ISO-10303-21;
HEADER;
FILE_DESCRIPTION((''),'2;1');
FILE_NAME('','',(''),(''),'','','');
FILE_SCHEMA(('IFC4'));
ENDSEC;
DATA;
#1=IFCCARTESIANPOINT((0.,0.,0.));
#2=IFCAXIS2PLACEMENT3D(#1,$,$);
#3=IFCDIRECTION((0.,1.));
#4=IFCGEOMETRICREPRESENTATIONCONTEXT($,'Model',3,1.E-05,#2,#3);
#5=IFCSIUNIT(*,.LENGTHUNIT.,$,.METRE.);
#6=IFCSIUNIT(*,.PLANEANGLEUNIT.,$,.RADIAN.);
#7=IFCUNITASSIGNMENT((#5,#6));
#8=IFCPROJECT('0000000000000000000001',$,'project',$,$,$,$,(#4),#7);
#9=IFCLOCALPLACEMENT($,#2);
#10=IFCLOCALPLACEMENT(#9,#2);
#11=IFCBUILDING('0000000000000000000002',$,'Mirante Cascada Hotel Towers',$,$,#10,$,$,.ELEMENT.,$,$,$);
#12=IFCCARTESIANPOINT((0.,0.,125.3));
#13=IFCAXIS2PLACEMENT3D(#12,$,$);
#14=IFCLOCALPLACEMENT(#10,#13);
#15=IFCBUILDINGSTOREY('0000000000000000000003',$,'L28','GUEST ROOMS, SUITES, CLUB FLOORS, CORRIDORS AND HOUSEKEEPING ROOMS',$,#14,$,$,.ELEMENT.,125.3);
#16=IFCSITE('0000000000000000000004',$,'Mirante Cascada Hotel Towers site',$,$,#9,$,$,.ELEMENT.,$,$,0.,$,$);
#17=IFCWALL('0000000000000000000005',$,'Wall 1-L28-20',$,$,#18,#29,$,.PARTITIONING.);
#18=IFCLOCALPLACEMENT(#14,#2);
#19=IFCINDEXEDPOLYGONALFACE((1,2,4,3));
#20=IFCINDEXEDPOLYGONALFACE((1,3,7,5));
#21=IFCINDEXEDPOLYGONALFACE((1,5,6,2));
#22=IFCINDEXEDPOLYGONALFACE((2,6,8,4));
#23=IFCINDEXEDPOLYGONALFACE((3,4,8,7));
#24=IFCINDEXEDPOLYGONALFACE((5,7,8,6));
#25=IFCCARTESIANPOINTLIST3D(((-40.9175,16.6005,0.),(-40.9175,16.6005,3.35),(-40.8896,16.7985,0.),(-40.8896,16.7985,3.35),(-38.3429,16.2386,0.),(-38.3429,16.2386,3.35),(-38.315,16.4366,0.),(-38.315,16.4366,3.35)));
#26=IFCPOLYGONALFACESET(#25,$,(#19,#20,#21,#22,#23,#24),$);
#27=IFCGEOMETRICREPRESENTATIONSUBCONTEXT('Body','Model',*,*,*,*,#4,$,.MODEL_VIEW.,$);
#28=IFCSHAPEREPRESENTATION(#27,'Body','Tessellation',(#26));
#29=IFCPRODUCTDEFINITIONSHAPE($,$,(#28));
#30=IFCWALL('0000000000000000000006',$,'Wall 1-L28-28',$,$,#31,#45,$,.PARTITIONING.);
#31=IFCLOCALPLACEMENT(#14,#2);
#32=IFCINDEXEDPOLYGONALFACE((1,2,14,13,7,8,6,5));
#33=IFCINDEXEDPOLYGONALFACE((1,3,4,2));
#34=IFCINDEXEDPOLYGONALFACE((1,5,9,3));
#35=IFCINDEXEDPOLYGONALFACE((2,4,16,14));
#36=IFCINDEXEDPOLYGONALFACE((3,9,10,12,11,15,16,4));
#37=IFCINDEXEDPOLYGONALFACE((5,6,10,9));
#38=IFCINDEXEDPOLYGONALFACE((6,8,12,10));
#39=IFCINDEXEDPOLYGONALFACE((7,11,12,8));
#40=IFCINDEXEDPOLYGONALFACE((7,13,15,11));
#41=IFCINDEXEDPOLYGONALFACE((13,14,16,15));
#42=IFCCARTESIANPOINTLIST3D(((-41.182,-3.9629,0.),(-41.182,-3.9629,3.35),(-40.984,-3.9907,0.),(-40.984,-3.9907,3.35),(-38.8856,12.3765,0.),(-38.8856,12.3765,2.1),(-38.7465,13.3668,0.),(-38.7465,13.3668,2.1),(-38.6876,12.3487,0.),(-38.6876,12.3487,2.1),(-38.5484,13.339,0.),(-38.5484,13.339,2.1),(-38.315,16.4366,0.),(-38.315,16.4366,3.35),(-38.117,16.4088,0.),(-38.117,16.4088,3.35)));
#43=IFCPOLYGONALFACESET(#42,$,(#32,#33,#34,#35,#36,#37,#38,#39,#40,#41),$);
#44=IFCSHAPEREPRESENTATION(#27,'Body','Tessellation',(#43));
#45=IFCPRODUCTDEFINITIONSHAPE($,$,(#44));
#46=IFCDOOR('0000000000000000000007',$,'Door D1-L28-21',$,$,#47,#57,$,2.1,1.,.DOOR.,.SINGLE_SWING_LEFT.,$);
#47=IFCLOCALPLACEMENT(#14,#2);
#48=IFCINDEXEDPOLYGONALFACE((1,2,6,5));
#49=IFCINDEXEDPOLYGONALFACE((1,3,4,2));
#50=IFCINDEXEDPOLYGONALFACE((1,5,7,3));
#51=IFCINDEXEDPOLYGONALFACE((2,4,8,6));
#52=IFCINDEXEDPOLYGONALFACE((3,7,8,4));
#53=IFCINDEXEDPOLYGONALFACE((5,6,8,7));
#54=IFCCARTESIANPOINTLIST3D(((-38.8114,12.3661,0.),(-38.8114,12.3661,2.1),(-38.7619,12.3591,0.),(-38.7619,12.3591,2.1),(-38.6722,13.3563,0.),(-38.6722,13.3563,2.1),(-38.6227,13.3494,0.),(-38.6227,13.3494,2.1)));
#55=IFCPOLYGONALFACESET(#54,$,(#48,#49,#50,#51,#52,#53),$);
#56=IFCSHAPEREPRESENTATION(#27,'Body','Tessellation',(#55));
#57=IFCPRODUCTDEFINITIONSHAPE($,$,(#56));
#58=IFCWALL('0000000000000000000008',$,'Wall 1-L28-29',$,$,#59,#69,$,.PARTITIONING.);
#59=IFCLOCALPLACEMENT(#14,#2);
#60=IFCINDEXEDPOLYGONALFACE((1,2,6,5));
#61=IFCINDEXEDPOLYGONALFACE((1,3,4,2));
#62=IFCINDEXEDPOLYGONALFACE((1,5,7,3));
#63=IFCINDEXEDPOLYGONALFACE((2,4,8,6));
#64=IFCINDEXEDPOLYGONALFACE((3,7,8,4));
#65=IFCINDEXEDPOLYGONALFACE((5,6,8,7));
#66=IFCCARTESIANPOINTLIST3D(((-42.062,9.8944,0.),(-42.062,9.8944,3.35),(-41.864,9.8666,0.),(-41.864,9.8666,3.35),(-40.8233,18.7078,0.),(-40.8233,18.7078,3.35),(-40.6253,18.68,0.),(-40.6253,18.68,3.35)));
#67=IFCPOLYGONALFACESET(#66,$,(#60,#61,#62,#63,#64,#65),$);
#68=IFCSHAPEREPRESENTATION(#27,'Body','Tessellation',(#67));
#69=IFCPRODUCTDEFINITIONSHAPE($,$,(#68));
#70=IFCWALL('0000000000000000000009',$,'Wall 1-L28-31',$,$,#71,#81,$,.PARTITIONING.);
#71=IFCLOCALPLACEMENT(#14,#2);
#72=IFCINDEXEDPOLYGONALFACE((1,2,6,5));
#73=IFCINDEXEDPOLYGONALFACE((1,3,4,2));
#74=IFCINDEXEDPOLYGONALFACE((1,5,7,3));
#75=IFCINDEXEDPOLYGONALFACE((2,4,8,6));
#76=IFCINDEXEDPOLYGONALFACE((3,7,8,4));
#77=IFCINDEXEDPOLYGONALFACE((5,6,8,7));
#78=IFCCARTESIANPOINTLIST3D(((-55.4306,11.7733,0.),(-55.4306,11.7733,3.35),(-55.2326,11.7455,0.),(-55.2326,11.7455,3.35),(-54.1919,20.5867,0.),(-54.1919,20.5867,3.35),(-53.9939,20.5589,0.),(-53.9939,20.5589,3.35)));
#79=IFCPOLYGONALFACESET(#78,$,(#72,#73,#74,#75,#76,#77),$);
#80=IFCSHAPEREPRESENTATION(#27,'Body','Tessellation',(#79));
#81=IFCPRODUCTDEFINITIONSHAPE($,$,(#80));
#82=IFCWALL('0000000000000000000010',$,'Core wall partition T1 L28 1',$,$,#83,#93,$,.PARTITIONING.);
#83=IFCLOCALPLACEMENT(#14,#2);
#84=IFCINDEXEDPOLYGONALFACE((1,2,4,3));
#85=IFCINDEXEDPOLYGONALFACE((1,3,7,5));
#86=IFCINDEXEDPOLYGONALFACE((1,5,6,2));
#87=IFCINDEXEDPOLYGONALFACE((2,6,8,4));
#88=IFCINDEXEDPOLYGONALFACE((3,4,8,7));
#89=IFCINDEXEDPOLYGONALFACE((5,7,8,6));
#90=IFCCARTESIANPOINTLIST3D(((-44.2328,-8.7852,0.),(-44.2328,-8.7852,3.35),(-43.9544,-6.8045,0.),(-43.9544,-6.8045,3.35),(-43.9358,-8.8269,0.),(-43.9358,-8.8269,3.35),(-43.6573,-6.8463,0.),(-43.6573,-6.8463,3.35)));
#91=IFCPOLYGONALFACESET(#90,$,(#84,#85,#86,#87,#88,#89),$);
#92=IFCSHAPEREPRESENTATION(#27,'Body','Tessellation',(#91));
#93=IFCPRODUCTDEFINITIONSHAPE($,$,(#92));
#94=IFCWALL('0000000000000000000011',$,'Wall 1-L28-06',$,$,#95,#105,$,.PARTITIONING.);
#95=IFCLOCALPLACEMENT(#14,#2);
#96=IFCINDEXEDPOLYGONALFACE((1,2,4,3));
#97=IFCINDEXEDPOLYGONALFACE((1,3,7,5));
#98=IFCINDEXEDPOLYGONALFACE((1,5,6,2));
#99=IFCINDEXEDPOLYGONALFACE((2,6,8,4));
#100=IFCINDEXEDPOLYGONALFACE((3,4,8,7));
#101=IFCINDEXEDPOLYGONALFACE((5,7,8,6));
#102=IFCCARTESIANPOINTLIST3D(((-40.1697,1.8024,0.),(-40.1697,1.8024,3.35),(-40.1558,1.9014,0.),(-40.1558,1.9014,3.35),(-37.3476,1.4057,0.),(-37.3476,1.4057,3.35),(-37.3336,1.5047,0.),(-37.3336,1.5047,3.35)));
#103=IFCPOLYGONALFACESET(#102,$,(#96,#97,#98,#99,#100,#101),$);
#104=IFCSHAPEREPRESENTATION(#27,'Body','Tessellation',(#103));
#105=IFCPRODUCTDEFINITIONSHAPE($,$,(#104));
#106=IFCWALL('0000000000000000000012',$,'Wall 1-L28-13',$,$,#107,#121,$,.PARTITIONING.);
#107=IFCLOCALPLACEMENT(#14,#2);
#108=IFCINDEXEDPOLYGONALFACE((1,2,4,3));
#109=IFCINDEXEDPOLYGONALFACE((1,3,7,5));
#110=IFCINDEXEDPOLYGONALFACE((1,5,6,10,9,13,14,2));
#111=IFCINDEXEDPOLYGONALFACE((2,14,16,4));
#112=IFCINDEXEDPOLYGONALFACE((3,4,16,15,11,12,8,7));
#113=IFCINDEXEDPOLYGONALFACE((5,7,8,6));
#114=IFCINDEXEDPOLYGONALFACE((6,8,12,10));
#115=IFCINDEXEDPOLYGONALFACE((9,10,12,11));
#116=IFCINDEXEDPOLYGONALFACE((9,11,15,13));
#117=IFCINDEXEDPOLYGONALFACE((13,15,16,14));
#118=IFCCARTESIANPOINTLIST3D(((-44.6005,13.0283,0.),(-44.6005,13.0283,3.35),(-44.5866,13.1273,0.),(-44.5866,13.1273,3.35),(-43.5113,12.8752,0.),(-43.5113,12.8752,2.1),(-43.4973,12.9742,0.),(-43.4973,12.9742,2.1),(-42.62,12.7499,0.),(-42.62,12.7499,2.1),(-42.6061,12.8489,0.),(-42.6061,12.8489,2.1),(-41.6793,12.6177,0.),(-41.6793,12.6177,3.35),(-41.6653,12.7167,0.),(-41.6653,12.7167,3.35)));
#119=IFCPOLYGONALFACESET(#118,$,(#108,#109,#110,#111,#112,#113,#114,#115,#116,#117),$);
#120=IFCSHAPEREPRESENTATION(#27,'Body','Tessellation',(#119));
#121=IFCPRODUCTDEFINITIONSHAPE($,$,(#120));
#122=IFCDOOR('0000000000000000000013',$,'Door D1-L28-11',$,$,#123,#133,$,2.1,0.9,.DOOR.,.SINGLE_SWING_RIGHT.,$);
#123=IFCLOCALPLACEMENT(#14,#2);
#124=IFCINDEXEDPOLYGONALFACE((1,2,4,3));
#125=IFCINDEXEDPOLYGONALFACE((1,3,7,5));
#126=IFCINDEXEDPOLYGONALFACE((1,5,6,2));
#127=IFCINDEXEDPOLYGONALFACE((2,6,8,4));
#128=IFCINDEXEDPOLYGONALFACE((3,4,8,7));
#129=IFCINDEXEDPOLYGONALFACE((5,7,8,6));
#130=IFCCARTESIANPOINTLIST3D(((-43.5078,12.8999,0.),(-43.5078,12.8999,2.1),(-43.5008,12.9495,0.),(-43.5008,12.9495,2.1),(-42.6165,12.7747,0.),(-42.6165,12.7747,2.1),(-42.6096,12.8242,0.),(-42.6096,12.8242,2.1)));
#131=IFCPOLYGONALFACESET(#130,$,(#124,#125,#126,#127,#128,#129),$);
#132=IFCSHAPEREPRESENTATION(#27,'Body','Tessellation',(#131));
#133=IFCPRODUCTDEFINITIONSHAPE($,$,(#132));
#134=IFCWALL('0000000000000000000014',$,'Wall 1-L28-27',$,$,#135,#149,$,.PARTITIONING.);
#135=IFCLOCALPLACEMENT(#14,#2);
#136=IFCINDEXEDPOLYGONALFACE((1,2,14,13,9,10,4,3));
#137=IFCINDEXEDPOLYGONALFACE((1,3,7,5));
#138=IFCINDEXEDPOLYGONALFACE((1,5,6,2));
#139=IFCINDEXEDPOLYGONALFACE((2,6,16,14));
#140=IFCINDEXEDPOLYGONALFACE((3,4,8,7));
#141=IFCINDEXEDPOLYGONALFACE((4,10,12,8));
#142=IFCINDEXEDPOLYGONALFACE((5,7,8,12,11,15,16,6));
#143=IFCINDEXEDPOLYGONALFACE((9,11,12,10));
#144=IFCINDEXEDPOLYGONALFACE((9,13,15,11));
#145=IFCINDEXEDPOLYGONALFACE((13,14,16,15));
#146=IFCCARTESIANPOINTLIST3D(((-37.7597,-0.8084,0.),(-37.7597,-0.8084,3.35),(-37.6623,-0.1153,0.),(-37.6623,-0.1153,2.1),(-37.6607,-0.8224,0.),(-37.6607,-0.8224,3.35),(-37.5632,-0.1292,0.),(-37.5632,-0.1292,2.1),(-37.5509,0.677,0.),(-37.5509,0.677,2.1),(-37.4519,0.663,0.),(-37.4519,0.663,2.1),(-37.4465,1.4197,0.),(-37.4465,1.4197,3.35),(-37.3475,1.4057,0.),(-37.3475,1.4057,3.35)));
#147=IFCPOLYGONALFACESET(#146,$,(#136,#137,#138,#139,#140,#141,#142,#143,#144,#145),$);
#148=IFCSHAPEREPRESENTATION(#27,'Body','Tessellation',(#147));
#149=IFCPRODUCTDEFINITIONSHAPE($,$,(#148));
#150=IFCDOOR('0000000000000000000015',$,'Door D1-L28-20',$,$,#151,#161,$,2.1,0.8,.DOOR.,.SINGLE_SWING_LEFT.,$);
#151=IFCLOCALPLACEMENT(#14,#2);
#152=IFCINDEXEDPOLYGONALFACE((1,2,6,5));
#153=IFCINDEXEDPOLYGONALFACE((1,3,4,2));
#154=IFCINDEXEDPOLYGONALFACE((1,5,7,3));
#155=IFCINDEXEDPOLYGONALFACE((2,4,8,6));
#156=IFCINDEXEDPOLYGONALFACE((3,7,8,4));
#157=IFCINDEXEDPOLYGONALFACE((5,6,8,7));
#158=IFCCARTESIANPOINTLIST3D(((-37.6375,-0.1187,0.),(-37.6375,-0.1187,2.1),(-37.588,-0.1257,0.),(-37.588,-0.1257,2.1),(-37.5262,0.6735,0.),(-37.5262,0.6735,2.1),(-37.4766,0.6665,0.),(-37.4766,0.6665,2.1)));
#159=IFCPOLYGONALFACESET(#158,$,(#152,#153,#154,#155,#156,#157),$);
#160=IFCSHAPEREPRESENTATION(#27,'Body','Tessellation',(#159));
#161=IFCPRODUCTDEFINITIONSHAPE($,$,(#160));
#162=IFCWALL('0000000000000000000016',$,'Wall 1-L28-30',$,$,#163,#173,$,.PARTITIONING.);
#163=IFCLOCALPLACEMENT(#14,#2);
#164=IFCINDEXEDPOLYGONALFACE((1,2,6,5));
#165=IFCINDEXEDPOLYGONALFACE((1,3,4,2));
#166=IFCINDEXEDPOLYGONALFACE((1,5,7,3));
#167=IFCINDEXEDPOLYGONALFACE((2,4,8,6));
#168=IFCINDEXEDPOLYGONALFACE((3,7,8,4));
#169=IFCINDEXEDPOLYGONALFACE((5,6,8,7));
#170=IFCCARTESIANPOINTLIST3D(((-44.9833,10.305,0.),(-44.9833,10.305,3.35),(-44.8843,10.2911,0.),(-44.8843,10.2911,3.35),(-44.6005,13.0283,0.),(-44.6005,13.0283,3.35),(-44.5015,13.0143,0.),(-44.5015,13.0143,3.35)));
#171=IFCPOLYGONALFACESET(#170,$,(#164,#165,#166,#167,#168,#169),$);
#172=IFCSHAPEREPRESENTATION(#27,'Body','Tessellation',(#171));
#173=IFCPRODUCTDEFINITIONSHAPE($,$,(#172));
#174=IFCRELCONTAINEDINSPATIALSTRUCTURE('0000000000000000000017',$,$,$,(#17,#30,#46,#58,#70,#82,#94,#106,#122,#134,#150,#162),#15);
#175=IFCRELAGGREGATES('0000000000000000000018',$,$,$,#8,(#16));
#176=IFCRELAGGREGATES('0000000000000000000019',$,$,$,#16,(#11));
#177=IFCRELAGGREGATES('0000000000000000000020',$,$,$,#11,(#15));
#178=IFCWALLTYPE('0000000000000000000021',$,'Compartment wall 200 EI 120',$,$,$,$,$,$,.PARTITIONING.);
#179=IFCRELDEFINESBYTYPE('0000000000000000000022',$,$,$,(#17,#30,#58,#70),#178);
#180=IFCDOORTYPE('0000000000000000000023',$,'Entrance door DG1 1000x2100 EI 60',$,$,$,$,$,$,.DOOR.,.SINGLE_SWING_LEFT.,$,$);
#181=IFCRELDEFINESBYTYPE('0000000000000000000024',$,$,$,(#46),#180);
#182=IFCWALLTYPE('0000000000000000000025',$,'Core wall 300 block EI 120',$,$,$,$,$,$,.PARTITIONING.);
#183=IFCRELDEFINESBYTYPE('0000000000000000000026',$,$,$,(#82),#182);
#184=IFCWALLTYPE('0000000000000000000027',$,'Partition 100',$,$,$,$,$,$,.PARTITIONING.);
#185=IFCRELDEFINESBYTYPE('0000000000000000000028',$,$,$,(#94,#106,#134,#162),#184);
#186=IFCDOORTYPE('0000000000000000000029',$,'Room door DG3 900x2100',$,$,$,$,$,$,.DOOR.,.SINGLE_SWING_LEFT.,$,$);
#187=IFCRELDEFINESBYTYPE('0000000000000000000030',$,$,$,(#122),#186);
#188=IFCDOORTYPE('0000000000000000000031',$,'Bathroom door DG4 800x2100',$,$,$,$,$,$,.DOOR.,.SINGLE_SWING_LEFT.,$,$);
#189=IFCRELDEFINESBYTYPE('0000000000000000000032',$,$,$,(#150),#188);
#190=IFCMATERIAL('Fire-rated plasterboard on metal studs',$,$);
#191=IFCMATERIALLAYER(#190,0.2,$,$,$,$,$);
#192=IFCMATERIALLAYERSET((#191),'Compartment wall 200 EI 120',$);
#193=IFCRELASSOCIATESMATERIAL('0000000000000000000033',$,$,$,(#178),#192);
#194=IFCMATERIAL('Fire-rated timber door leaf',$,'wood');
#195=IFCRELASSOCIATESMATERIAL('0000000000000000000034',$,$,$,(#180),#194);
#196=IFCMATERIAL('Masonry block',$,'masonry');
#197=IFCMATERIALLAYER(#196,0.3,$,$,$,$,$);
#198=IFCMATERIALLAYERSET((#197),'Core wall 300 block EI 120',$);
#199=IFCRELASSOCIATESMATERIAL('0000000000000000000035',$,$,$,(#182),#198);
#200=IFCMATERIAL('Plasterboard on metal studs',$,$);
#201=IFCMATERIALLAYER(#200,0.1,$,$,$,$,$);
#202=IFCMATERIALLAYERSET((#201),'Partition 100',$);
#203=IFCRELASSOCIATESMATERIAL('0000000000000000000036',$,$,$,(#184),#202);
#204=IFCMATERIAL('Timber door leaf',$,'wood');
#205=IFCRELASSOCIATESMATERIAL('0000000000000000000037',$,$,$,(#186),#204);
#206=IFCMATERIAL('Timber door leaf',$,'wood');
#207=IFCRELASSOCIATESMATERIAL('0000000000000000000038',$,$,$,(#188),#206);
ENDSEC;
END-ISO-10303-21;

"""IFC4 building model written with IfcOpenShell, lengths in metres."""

from ifc_helpers import new_model, si_unit, direction, frame, frame_2d, origin, place, context, subcontext, project, spatial, rectangle, extrude, material, layer, layer_set, type_object, element, fill, save


model = new_model("IFC4")

# Units and contexts
model_context = context("Model", 3, precision=1e-05, world=origin(), true_north=direction((0.0, 1.0)))
body_context = subcontext(model_context, "Body", "Model", "MODEL_VIEW")
ifc_project = project(units=[si_unit("LENGTHUNIT", "METRE"), si_unit("PLANEANGLEUNIT", "RADIAN")], contexts=[model_context])

# Site, building, storey
site_placement = place(None, origin())
site = spatial("IfcSite", under=ifc_project, at=site_placement, Name="Mirante Cascada Hotel Towers site", CompositionType="ELEMENT", RefElevation=0.0)
building_placement = place(site_placement, origin())
building = spatial("IfcBuilding", under=site, at=building_placement, Name="Mirante Cascada Hotel Towers", CompositionType="ELEMENT")
storey_placement = place(building_placement, frame((0.0, 0.0, 125.3)))
storey = spatial("IfcBuildingStorey", under=building, at=storey_placement, Name="L28", Description="GUEST ROOMS, SUITES, CLUB FLOORS, CORRIDORS AND HOUSEKEEPING ROOMS", CompositionType="ELEMENT", Elevation=125.3)

# Wall
ifc_material_1 = material(Name="Fire-rated plasterboard on metal studs")
ifc_layer_1 = layer(ifc_material_1, 0.2)
ifc_layer_set_1 = layer_set([ifc_layer_1], Name="Compartment wall 200 EI 120")
wall_type_1 = type_object("IfcWallType", Name="Compartment wall 200 EI 120", PredefinedType="PARTITIONING", material=ifc_layer_set_1)
wall_1_placement = place(storey_placement, frame((-40.9036, 16.6995, 0.0), z_axis=(0.0, 0.0, 1.0), x_axis=(0.990265, -0.139197, 0.0)))
element("IfcWall", 1, at=wall_1_placement, inside=storey, type_object=wall_type_1, Name="Wall 1-L28-20", PredefinedType="PARTITIONING", context=body_context, shape_type="SweptSolid", body=[
    extrude(rectangle(XDim=2.5999, YDim=0.2, at=frame_2d((1.3, 0.0))), origin(), (0.0, 0.0, 1.0), 3.35),
])

# Wall, opening, door
wall_2_placement = place(storey_placement, frame((-38.216, 16.4227, 0.0), z_axis=(0.0, 0.0, 1.0), x_axis=(-0.139175, -0.990268, 0.0)))
wall_2 = element("IfcWall", 2, at=wall_2_placement, inside=storey, type_object=wall_type_1, Name="Wall 1-L28-28", PredefinedType="PARTITIONING", context=body_context, shape_type="SweptSolid", body=[
    extrude(rectangle(XDim=20.6, YDim=0.2, at=frame_2d((10.3, 0.0))), origin(), (0.0, 0.0, 1.0), 3.35),
])
opening_1_placement = place(wall_2_placement, frame((3.1, 0.0, 0.0)))
opening_1 = element("IfcOpeningElement", 3, at=opening_1_placement, cuts=wall_2, PredefinedType="OPENING", context=body_context, shape_type="SweptSolid", body=[
    extrude(rectangle(XDim=1.0, YDim=2.1, at=frame_2d((0.5, 1.05))), frame((0.0, 0.1, 0.0), z_axis=(0.0, -1.0, 0.0), x_axis=(1.0, 0.0, 0.0)), (0.0, 0.0, 1.0), 0.2),
])
ifc_material_2 = material(Name="Fire-rated timber door leaf", Category="wood")
door_type_1 = type_object("IfcDoorType", Name="Entrance door DG1 1000x2100 EI 60", OperationType="SINGLE_SWING_LEFT", PredefinedType="DOOR", material=ifc_material_2)
door_1_placement = place(opening_1_placement, origin())
door_1 = element("IfcDoor", 4, at=door_1_placement, inside=storey, type_object=door_type_1, Name="Door D1-L28-21", OperationType="SINGLE_SWING_LEFT", OverallHeight=2.1, OverallWidth=1.0, PredefinedType="DOOR", context=body_context, shape_type="SweptSolid", body=[
    extrude(rectangle(XDim=1.0, YDim=2.1, at=frame_2d((0.5, 1.05))), frame((0.0, 0.025, 0.0), z_axis=(0.0, -1.0, 0.0), x_axis=(1.0, 0.0, 0.0)), (0.0, 0.0, 1.0), 0.05),
])
fill(opening_1, door_1)

# Walls
for number, where, z_axis, x_axis, name in (
    (5, (-41.963, 9.8805, 0.0), (0.0, 0.0, 1.0), (0.139179, 0.990267, 0.0), "Wall 1-L28-29"),
    (6, (-55.3316, 11.7594, 0.0), (0.0, 0.0, 1.0), (0.139179, 0.990267, 0.0), "Wall 1-L28-31"),
):
    element("IfcWall", number, at=place(storey_placement, frame(where, z_axis=z_axis, x_axis=x_axis)), inside=storey, type_object=wall_type_1, Name=name, PredefinedType="PARTITIONING", context=body_context, shape_type="SweptSolid", body=[
        extrude(rectangle(XDim=8.9, YDim=0.2, at=frame_2d((4.45, 0.0))), origin(), (0.0, 0.0, 1.0), 3.35),
    ])
ifc_material_3 = material(Name="Masonry block", Category="masonry")
ifc_layer_2 = layer(ifc_material_3, 0.3)
ifc_layer_set_2 = layer_set([ifc_layer_2], Name="Core wall 300 block EI 120")
wall_type_2 = type_object("IfcWallType", Name="Core wall 300 block EI 120", PredefinedType="PARTITIONING", material=ifc_layer_set_2)
wall_3_placement = place(storey_placement, frame((-44.0843, -8.8061, 0.0), z_axis=(0.0, 0.0, 1.0), x_axis=(0.139195, 0.990265, 0.0)))
element("IfcWall", 7, at=wall_3_placement, inside=storey, type_object=wall_type_2, Name="Core wall partition T1 L28 1", PredefinedType="PARTITIONING", context=body_context, shape_type="SweptSolid", body=[
    extrude(rectangle(XDim=2.0001, YDim=0.3, at=frame_2d((1.0001, 0.0))), origin(), (0.0, 0.0, 1.0), 3.35),
])
ifc_material_4 = material(Name="Plasterboard on metal studs")
ifc_layer_3 = layer(ifc_material_4, 0.1)
ifc_layer_set_3 = layer_set([ifc_layer_3], Name="Partition 100")
wall_type_3 = type_object("IfcWallType", Name="Partition 100", PredefinedType="PARTITIONING", material=ifc_layer_set_3)
wall_4_placement = place(storey_placement, frame((-40.1628, 1.8519, 0.0), z_axis=(0.0, 0.0, 1.0), x_axis=(0.990265, -0.139196, 0.0)))
element("IfcWall", 8, at=wall_4_placement, inside=storey, type_object=wall_type_3, Name="Wall 1-L28-06", PredefinedType="PARTITIONING", context=body_context, shape_type="SweptSolid", body=[
    extrude(rectangle(XDim=2.8499, YDim=0.1, at=frame_2d((1.425, 0.0))), origin(), (0.0, 0.0, 1.0), 3.35),
])

# Walls, openings, doors
wall_5_placement = place(storey_placement, frame((-41.6723, 12.6672, 0.0), z_axis=(0.0, 0.0, 1.0), x_axis=(-0.990266, 0.139186, 0.0)))
wall_5 = element("IfcWall", 9, at=wall_5_placement, inside=storey, type_object=wall_type_3, Name="Wall 1-L28-13", PredefinedType="PARTITIONING", context=body_context, shape_type="SweptSolid", body=[
    extrude(rectangle(XDim=2.95, YDim=0.1, at=frame_2d((1.475, 0.0))), origin(), (0.0, 0.0, 1.0), 3.35),
])
opening_2_placement = place(wall_5_placement, frame((0.95, 0.0, 0.0)))
opening_2 = element("IfcOpeningElement", 10, at=opening_2_placement, cuts=wall_5, PredefinedType="OPENING", context=body_context, shape_type="SweptSolid", body=[
    extrude(rectangle(XDim=0.9, YDim=2.1, at=frame_2d((0.45, 1.05))), frame((0.0, 0.05, 0.0), z_axis=(0.0, -1.0, 0.0), x_axis=(1.0, 0.0, 0.0)), (0.0, 0.0, 1.0), 0.1),
])
ifc_material_5 = material(Name="Timber door leaf", Category="wood")
door_type_2 = type_object("IfcDoorType", Name="Room door DG3 900x2100", OperationType="SINGLE_SWING_LEFT", PredefinedType="DOOR", material=ifc_material_5)
door_2_placement = place(opening_2_placement, frame((0.9, 0.0, 0.0), z_axis=(0.0, 0.0, 1.0), x_axis=(-1.0, 0.0, 0.0)))
door_2 = element("IfcDoor", 11, at=door_2_placement, inside=storey, type_object=door_type_2, Name="Door D1-L28-11", OperationType="SINGLE_SWING_RIGHT", OverallHeight=2.1, OverallWidth=0.9, PredefinedType="DOOR", context=body_context, shape_type="SweptSolid", body=[
    extrude(rectangle(XDim=0.9, YDim=2.1, at=frame_2d((0.45, 1.05))), frame((0.0, 0.025, 0.0), z_axis=(0.0, -1.0, 0.0), x_axis=(1.0, 0.0, 0.0)), (0.0, 0.0, 1.0), 0.05),
])
fill(opening_2, door_2)
wall_6_placement = place(storey_placement, frame((-37.7102, -0.8154, 0.0), z_axis=(0.0, 0.0, 1.0), x_axis=(0.1392, 0.990264, 0.0)))
wall_6 = element("IfcWall", 12, at=wall_6_placement, inside=storey, type_object=wall_type_3, Name="Wall 1-L28-27", PredefinedType="PARTITIONING", context=body_context, shape_type="SweptSolid", body=[
    extrude(rectangle(XDim=2.25, YDim=0.1, at=frame_2d((1.125, 0.0))), origin(), (0.0, 0.0, 1.0), 3.35),
])
opening_3_placement = place(wall_6_placement, frame((0.7, 0.0, 0.0)))
opening_3 = element("IfcOpeningElement", 13, at=opening_3_placement, cuts=wall_6, PredefinedType="OPENING", context=body_context, shape_type="SweptSolid", body=[
    extrude(rectangle(XDim=0.8, YDim=2.1, at=frame_2d((0.4, 1.05))), frame((0.0, 0.05, 0.0), z_axis=(0.0, -1.0, 0.0), x_axis=(1.0, 0.0, 0.0)), (0.0, 0.0, 1.0), 0.1),
])
ifc_material_6 = material(Name="Timber door leaf", Category="wood")
door_type_3 = type_object("IfcDoorType", Name="Bathroom door DG4 800x2100", OperationType="SINGLE_SWING_LEFT", PredefinedType="DOOR", material=ifc_material_6)
door_3_placement = place(opening_3_placement, origin())
door_3 = element("IfcDoor", 14, at=door_3_placement, inside=storey, type_object=door_type_3, Name="Door D1-L28-20", OperationType="SINGLE_SWING_LEFT", OverallHeight=2.1, OverallWidth=0.8, PredefinedType="DOOR", context=body_context, shape_type="SweptSolid", body=[
    extrude(rectangle(XDim=0.8, YDim=2.1, at=frame_2d((0.4, 1.05))), frame((0.0, 0.025, 0.0), z_axis=(0.0, -1.0, 0.0), x_axis=(1.0, 0.0, 0.0)), (0.0, 0.0, 1.0), 0.05),
])
fill(opening_3, door_3)

# Wall
wall_7_placement = place(storey_placement, frame((-44.551, 13.0213, 0.0), z_axis=(0.0, 0.0, 1.0), x_axis=(-0.139201, -0.990264, 0.0)))
element("IfcWall", 15, at=wall_7_placement, inside=storey, type_object=wall_type_3, Name="Wall 1-L28-30", PredefinedType="PARTITIONING", context=body_context, shape_type="SweptSolid", body=[
    extrude(rectangle(XDim=2.75, YDim=0.1, at=frame_2d((1.375, 0.0))), origin(), (0.0, 0.0, 1.0), 3.35),
])

save(model, "model.ifc")
